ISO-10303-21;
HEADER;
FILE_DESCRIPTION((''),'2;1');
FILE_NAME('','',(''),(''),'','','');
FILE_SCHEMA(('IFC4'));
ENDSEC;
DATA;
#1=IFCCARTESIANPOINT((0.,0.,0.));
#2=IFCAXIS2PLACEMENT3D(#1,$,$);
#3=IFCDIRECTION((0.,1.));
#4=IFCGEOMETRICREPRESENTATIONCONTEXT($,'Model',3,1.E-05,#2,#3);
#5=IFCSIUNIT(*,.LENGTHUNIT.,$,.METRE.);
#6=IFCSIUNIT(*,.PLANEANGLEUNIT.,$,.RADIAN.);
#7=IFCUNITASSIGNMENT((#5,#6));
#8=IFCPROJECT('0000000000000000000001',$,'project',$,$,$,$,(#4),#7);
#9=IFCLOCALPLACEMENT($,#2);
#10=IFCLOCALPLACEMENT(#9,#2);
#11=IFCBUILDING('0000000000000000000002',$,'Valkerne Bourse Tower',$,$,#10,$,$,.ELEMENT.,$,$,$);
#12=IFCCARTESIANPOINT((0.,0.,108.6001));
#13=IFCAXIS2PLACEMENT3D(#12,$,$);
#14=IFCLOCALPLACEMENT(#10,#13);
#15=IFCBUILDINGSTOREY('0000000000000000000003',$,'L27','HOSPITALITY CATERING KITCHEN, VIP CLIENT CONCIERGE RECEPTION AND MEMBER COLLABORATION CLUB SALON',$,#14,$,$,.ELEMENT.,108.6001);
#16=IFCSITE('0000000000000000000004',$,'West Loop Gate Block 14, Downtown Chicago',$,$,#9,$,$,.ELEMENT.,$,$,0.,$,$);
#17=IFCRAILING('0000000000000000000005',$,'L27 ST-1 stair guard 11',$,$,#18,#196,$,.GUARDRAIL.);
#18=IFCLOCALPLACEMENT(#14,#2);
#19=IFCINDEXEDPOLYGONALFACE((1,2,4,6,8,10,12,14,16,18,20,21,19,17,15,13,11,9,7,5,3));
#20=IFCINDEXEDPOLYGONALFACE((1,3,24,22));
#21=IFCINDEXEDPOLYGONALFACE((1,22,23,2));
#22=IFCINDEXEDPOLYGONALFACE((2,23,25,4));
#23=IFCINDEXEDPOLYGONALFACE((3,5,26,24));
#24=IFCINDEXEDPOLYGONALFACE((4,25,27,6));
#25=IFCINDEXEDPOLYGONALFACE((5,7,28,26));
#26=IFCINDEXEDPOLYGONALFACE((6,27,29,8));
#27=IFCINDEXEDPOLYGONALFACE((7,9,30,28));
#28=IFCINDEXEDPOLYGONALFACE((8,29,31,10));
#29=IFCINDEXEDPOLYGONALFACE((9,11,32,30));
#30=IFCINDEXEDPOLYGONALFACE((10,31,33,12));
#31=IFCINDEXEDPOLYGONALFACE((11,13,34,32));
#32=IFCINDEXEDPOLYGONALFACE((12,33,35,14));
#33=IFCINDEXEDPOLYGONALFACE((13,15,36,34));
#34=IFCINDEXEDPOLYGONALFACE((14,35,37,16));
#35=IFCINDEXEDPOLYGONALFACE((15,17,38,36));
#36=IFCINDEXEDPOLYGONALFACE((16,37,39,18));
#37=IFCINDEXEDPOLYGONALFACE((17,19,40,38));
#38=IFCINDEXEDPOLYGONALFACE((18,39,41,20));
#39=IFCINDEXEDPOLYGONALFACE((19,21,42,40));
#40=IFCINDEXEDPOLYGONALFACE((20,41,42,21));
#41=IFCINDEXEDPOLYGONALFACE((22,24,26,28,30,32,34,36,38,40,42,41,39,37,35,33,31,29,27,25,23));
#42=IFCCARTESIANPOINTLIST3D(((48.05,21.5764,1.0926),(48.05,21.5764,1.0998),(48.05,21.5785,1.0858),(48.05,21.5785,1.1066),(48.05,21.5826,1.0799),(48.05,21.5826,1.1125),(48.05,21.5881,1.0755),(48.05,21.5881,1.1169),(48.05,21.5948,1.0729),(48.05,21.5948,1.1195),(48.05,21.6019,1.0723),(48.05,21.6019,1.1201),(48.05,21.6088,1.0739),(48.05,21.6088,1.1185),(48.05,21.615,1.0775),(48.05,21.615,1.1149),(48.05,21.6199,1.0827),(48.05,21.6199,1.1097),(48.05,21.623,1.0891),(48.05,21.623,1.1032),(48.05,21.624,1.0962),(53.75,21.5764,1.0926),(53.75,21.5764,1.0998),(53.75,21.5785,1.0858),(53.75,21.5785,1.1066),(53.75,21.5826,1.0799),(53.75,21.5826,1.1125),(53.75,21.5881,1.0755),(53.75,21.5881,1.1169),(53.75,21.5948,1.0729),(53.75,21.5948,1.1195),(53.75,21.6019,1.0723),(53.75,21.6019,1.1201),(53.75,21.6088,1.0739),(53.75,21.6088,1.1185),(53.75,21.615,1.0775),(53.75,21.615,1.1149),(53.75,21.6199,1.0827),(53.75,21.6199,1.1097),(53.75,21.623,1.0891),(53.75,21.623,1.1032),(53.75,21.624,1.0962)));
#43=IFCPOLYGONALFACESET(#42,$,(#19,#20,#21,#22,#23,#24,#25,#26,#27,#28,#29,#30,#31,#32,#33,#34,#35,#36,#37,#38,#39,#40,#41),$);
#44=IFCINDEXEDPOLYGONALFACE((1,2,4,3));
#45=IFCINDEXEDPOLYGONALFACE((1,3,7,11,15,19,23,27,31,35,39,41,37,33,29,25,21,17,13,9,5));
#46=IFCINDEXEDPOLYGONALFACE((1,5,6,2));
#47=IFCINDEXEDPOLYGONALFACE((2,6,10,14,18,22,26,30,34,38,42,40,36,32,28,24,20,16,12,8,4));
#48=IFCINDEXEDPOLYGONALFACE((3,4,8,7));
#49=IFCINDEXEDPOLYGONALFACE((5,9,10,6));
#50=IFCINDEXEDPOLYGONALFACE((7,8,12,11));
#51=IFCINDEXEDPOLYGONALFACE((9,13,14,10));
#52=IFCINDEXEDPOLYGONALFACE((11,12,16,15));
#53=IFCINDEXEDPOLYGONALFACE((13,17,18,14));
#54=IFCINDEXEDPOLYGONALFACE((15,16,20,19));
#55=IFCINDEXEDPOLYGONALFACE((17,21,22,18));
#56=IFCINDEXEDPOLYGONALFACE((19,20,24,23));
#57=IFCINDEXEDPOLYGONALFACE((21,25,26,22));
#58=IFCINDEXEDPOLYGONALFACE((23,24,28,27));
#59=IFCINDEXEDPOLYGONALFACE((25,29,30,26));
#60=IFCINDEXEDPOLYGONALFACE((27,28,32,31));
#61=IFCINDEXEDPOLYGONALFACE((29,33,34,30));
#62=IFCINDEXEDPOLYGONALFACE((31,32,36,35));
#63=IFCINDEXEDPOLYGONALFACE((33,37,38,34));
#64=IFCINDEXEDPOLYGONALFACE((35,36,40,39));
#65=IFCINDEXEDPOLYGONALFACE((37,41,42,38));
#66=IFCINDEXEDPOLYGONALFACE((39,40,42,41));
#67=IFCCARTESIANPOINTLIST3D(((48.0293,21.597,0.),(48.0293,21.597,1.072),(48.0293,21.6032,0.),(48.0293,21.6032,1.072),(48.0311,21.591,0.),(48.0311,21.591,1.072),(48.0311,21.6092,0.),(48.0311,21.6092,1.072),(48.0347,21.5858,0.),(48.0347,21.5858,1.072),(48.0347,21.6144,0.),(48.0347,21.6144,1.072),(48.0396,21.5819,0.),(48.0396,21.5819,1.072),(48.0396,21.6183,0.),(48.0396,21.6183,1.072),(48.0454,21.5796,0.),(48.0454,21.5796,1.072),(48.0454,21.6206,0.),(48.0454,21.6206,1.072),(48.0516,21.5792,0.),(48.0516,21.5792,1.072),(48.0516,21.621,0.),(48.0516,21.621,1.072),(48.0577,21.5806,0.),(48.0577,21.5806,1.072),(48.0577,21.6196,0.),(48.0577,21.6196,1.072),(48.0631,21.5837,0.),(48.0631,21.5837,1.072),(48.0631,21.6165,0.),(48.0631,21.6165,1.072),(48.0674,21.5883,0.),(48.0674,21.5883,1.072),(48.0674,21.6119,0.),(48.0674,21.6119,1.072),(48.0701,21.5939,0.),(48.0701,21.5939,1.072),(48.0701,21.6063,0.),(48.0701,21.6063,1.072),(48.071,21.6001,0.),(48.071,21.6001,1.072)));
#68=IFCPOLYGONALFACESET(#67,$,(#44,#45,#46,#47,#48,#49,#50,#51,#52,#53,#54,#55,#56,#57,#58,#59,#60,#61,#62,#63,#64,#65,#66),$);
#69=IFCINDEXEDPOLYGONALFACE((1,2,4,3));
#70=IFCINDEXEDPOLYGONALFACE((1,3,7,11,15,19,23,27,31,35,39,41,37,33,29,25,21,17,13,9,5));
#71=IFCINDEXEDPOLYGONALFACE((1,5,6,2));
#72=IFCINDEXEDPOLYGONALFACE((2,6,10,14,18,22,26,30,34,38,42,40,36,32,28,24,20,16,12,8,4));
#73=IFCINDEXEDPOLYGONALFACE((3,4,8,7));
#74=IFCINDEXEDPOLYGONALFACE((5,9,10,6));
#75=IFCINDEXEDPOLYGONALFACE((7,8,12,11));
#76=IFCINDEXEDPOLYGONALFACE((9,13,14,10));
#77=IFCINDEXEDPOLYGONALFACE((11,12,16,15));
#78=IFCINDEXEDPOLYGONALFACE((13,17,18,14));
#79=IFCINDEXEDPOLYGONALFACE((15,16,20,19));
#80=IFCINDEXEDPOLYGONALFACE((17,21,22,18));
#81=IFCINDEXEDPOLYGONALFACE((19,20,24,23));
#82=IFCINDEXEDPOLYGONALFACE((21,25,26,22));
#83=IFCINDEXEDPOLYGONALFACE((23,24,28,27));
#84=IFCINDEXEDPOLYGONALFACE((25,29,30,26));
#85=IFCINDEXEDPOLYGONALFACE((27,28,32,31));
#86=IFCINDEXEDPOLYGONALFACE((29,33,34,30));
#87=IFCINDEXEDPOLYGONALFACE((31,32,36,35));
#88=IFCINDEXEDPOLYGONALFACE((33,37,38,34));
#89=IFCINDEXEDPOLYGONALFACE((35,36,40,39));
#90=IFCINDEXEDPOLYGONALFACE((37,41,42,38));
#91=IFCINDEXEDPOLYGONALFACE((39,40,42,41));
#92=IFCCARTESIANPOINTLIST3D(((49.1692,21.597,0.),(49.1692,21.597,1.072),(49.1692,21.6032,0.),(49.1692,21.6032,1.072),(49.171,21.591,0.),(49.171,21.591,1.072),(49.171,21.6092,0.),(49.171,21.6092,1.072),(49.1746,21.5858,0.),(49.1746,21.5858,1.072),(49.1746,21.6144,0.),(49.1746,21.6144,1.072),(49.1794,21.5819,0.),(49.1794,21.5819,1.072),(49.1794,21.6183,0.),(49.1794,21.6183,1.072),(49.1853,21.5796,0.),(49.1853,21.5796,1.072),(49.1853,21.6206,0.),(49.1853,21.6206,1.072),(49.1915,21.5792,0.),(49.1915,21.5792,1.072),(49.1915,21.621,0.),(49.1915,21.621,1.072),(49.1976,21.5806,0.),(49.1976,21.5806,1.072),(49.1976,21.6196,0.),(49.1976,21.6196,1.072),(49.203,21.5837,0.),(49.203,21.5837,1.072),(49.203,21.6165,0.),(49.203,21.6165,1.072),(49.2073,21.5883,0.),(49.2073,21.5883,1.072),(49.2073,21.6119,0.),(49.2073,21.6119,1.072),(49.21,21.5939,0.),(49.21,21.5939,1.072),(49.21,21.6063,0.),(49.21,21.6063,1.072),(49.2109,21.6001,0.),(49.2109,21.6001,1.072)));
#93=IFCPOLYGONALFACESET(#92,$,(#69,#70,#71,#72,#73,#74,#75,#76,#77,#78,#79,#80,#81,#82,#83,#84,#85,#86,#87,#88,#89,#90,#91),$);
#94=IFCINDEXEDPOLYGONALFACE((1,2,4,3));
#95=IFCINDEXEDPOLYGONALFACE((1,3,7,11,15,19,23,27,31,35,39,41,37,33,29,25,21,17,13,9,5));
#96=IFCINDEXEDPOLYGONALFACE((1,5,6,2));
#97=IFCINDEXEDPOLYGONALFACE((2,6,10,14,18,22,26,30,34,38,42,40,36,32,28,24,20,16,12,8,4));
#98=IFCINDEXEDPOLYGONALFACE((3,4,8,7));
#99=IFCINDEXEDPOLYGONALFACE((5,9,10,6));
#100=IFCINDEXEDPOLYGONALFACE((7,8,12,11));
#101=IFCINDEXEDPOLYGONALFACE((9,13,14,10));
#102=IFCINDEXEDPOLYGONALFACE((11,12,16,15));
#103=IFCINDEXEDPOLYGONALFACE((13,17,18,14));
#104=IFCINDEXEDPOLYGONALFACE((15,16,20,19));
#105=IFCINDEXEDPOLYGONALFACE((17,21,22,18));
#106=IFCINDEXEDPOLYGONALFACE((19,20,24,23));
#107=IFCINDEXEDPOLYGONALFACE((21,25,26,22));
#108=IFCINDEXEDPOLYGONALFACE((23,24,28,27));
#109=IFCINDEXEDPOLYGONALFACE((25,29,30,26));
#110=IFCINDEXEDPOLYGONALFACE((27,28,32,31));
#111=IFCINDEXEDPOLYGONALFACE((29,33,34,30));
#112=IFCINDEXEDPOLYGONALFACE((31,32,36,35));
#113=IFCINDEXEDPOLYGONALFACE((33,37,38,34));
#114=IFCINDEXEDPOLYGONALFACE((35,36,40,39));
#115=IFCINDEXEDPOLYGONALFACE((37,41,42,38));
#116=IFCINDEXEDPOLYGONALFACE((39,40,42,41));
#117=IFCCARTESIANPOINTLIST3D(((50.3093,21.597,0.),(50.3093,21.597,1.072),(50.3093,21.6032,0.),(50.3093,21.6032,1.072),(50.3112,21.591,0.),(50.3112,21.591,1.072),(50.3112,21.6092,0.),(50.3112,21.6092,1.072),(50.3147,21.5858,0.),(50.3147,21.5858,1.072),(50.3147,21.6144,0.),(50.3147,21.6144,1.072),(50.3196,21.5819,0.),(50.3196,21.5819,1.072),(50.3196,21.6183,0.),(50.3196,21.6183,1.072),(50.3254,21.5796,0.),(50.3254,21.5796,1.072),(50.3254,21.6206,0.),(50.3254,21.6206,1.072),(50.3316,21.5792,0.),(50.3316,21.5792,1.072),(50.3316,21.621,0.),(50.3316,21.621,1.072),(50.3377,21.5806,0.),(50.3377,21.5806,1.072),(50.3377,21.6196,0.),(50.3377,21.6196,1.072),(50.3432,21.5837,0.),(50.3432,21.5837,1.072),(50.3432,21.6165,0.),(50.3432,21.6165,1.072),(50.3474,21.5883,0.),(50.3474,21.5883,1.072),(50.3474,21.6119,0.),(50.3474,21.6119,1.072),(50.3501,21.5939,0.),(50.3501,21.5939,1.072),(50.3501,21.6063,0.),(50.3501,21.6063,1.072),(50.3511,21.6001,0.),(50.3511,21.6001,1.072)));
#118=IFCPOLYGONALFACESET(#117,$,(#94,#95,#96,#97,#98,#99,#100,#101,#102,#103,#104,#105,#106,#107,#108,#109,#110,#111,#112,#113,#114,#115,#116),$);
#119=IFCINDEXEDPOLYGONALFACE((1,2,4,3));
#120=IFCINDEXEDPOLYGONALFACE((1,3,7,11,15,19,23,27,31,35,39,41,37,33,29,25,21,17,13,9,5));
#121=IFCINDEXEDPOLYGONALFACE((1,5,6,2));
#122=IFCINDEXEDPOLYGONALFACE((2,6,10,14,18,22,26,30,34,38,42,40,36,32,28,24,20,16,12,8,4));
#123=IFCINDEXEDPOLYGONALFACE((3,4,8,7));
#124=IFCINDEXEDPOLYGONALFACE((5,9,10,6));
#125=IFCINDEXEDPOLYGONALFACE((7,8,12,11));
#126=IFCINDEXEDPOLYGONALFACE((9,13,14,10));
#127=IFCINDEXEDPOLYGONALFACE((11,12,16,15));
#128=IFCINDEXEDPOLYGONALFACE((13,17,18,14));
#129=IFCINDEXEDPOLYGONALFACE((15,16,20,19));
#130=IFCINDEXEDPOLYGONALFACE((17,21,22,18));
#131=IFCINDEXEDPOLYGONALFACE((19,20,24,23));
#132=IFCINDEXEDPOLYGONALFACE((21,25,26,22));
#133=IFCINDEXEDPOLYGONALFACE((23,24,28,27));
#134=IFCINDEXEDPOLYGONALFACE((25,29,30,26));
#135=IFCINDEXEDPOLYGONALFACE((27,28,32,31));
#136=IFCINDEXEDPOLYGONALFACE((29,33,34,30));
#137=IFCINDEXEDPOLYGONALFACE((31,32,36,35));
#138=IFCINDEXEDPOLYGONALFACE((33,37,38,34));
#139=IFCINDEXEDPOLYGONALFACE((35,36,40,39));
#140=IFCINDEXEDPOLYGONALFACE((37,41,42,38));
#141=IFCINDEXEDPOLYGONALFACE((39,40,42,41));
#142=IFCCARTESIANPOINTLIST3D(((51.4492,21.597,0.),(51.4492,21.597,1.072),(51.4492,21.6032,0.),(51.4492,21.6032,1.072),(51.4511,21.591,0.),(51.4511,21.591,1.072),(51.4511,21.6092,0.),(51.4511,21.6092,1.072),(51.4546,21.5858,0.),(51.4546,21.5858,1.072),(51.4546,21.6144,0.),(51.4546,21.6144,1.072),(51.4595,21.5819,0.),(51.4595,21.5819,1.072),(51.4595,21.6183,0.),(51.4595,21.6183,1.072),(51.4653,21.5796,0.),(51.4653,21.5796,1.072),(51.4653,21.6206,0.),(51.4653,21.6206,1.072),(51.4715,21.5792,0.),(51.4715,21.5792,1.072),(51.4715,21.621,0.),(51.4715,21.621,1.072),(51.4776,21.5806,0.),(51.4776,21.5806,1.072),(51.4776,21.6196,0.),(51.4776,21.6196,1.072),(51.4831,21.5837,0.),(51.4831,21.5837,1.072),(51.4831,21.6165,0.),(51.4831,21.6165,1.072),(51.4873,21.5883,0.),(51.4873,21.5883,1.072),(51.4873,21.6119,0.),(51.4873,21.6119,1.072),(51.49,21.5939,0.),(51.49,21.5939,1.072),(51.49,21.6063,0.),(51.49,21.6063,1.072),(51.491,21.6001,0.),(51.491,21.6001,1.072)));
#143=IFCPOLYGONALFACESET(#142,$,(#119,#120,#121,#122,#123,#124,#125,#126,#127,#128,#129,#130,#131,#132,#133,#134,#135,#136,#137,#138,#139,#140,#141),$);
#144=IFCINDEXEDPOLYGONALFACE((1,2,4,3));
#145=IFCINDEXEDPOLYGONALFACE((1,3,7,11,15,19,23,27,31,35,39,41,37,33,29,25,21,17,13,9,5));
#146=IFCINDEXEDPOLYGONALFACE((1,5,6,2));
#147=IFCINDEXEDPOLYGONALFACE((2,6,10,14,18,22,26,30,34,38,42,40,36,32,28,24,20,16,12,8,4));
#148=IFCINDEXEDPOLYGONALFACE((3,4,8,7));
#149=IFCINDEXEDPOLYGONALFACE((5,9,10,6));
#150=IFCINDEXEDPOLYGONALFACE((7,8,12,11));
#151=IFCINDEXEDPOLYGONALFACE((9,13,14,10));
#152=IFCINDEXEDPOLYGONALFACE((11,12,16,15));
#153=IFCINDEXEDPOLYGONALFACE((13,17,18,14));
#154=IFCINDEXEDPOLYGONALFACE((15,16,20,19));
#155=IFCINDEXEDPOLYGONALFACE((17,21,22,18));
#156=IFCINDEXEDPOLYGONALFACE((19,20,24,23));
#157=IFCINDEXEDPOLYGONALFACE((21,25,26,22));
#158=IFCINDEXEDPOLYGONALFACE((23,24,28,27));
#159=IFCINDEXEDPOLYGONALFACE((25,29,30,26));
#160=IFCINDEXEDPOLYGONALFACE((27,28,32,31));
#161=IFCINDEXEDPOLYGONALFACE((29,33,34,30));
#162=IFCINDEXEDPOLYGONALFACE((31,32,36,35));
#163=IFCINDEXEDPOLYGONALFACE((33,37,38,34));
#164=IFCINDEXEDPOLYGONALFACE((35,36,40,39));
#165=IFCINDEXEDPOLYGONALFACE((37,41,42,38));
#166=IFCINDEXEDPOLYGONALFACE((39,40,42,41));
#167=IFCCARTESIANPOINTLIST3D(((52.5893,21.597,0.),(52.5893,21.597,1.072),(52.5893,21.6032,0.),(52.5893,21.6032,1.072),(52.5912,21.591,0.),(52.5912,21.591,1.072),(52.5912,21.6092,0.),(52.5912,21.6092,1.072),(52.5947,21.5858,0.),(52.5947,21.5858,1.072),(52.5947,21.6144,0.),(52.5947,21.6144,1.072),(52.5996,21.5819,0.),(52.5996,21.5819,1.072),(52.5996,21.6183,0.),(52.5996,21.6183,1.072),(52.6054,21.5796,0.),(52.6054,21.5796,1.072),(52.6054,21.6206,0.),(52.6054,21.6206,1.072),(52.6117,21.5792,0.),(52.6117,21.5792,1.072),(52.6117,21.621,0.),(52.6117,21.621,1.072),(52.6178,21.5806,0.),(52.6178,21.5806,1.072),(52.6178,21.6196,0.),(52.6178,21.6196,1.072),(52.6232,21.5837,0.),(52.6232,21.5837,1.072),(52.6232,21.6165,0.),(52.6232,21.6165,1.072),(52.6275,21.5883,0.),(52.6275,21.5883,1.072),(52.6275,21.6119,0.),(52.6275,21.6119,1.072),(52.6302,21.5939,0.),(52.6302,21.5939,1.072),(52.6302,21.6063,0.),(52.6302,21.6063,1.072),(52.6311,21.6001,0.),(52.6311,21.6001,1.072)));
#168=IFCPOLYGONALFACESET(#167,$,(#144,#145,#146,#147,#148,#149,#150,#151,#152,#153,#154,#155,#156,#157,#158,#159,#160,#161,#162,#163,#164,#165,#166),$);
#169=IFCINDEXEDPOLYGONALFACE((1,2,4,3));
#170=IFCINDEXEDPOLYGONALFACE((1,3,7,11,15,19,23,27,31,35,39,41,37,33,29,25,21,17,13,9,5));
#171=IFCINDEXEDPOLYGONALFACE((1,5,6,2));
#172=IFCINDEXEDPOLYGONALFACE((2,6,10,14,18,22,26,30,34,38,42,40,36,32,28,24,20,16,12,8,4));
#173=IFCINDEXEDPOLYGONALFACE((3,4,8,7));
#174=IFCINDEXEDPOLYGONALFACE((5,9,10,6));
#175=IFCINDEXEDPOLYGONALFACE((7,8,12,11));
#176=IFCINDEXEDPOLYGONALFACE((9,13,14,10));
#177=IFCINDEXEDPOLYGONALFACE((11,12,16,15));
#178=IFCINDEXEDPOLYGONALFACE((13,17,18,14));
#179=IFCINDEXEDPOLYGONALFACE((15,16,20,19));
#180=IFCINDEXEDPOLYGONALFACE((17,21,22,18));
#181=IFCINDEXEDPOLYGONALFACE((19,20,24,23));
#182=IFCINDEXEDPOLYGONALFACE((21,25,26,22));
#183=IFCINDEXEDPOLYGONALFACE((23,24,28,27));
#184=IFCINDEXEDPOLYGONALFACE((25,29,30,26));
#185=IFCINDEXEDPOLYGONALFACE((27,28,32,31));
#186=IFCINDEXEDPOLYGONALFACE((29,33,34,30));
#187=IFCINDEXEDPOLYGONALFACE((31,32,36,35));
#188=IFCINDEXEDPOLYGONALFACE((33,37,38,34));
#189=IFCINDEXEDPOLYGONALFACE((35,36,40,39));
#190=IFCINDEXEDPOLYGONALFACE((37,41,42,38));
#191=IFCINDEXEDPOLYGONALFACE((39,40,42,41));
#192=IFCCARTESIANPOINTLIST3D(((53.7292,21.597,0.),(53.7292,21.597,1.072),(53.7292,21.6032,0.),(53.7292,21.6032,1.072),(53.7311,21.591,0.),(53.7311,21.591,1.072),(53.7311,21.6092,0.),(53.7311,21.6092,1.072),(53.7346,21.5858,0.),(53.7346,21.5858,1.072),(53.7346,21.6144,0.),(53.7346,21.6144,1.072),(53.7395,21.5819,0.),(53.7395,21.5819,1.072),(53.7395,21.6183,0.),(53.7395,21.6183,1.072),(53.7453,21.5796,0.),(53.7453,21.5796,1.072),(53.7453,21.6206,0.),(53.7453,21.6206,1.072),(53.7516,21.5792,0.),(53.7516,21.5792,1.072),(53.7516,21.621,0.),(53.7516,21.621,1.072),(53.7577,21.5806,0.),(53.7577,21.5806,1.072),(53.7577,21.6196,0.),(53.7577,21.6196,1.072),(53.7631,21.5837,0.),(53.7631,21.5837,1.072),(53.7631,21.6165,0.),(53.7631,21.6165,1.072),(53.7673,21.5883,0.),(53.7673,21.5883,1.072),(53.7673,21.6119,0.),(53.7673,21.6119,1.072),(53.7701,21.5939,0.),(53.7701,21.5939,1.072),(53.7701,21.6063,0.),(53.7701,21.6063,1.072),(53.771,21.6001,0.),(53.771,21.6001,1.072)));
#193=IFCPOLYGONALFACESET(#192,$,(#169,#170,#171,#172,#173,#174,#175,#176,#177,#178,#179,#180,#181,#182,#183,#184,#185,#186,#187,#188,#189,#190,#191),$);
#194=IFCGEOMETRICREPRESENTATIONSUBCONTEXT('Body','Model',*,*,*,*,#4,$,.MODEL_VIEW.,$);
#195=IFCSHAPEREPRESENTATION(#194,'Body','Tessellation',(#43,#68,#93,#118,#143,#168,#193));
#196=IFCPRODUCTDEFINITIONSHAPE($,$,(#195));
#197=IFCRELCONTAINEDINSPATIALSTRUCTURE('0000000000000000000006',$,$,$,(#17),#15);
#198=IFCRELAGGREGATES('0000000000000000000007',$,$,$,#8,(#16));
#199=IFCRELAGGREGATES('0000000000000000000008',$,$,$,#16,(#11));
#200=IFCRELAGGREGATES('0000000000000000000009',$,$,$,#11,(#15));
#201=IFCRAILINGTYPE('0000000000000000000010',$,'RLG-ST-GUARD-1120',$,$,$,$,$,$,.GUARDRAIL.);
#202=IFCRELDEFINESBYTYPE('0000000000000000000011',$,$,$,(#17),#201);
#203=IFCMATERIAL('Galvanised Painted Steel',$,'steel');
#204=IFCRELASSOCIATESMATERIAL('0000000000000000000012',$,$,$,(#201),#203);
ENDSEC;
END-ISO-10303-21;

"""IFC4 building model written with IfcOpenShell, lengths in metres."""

from ifc_helpers import new_model, si_unit, direction, frame, origin, origin_2d, place, context, subcontext, project, spatial, circle, extrude, material, type_object, element, save


model = new_model("IFC4")

# Units and contexts
model_context = context("Model", 3, precision=1e-05, world=origin(), true_north=direction((0.0, 1.0)))
body_context = subcontext(model_context, "Body", "Model", "MODEL_VIEW")
ifc_project = project(units=[si_unit("LENGTHUNIT", "METRE"), si_unit("PLANEANGLEUNIT", "RADIAN")], contexts=[model_context])

# Site, building, storey
site_placement = place(None, origin())
site = spatial("IfcSite", under=ifc_project, at=site_placement, Name="West Loop Gate Block 14, Downtown Chicago", CompositionType="ELEMENT", RefElevation=0.0)
building_placement = place(site_placement, origin())
building = spatial("IfcBuilding", under=site, at=building_placement, Name="Valkerne Bourse Tower", CompositionType="ELEMENT")
storey_placement = place(building_placement, frame((0.0, 0.0, 108.6001)))
storey = spatial("IfcBuildingStorey", under=building, at=storey_placement, Name="L27", Description="HOSPITALITY CATERING KITCHEN, VIP CLIENT CONCIERGE RECEPTION AND MEMBER COLLABORATION CLUB SALON", CompositionType="ELEMENT", Elevation=108.6001)

# Shared definitions
ifc_material_1 = material(Name="Galvanised Painted Steel", Category="steel")

# Railing
railing_type_1 = type_object("IfcRailingType", Name="RLG-ST-GUARD-1120", PredefinedType="GUARDRAIL", material=ifc_material_1)
railing_1_placement = place(storey_placement, frame((48.05, 21.6001, 0.0)))
element("IfcRailing", 1, at=railing_1_placement, inside=storey, type_object=railing_type_1, Name="L27 ST-1 stair guard 11", PredefinedType="GUARDRAIL", context=body_context, shape_type="SweptSolid", body=[
    extrude(circle(Radius=0.0239, at=origin_2d()), frame((0.0, 0.0, 1.0962), z_axis=(1.0, 0.0, 0.0), x_axis=(0.0, 1.0, 0.0)), (0.0, 0.0, 1.0), 5.7),
    extrude(circle(Radius=0.021, at=origin_2d()), origin(), (0.0, 0.0, 1.0), 1.072),
    extrude(circle(Radius=0.021, at=origin_2d()), frame((1.1399, 0.0, 0.0)), (0.0, 0.0, 1.0), 1.072),
    extrude(circle(Radius=0.021, at=origin_2d()), frame((2.28, 0.0, 0.0)), (0.0, 0.0, 1.0), 1.072),
    extrude(circle(Radius=0.021, at=origin_2d()), frame((3.4199, 0.0, 0.0)), (0.0, 0.0, 1.0), 1.072),
    extrude(circle(Radius=0.021, at=origin_2d()), frame((4.5601, 0.0, 0.0)), (0.0, 0.0, 1.0), 1.072),
    extrude(circle(Radius=0.021, at=origin_2d()), frame((5.7, 0.0, 0.0)), (0.0, 0.0, 1.0), 1.072),
])

save(model, "model.ifc")
